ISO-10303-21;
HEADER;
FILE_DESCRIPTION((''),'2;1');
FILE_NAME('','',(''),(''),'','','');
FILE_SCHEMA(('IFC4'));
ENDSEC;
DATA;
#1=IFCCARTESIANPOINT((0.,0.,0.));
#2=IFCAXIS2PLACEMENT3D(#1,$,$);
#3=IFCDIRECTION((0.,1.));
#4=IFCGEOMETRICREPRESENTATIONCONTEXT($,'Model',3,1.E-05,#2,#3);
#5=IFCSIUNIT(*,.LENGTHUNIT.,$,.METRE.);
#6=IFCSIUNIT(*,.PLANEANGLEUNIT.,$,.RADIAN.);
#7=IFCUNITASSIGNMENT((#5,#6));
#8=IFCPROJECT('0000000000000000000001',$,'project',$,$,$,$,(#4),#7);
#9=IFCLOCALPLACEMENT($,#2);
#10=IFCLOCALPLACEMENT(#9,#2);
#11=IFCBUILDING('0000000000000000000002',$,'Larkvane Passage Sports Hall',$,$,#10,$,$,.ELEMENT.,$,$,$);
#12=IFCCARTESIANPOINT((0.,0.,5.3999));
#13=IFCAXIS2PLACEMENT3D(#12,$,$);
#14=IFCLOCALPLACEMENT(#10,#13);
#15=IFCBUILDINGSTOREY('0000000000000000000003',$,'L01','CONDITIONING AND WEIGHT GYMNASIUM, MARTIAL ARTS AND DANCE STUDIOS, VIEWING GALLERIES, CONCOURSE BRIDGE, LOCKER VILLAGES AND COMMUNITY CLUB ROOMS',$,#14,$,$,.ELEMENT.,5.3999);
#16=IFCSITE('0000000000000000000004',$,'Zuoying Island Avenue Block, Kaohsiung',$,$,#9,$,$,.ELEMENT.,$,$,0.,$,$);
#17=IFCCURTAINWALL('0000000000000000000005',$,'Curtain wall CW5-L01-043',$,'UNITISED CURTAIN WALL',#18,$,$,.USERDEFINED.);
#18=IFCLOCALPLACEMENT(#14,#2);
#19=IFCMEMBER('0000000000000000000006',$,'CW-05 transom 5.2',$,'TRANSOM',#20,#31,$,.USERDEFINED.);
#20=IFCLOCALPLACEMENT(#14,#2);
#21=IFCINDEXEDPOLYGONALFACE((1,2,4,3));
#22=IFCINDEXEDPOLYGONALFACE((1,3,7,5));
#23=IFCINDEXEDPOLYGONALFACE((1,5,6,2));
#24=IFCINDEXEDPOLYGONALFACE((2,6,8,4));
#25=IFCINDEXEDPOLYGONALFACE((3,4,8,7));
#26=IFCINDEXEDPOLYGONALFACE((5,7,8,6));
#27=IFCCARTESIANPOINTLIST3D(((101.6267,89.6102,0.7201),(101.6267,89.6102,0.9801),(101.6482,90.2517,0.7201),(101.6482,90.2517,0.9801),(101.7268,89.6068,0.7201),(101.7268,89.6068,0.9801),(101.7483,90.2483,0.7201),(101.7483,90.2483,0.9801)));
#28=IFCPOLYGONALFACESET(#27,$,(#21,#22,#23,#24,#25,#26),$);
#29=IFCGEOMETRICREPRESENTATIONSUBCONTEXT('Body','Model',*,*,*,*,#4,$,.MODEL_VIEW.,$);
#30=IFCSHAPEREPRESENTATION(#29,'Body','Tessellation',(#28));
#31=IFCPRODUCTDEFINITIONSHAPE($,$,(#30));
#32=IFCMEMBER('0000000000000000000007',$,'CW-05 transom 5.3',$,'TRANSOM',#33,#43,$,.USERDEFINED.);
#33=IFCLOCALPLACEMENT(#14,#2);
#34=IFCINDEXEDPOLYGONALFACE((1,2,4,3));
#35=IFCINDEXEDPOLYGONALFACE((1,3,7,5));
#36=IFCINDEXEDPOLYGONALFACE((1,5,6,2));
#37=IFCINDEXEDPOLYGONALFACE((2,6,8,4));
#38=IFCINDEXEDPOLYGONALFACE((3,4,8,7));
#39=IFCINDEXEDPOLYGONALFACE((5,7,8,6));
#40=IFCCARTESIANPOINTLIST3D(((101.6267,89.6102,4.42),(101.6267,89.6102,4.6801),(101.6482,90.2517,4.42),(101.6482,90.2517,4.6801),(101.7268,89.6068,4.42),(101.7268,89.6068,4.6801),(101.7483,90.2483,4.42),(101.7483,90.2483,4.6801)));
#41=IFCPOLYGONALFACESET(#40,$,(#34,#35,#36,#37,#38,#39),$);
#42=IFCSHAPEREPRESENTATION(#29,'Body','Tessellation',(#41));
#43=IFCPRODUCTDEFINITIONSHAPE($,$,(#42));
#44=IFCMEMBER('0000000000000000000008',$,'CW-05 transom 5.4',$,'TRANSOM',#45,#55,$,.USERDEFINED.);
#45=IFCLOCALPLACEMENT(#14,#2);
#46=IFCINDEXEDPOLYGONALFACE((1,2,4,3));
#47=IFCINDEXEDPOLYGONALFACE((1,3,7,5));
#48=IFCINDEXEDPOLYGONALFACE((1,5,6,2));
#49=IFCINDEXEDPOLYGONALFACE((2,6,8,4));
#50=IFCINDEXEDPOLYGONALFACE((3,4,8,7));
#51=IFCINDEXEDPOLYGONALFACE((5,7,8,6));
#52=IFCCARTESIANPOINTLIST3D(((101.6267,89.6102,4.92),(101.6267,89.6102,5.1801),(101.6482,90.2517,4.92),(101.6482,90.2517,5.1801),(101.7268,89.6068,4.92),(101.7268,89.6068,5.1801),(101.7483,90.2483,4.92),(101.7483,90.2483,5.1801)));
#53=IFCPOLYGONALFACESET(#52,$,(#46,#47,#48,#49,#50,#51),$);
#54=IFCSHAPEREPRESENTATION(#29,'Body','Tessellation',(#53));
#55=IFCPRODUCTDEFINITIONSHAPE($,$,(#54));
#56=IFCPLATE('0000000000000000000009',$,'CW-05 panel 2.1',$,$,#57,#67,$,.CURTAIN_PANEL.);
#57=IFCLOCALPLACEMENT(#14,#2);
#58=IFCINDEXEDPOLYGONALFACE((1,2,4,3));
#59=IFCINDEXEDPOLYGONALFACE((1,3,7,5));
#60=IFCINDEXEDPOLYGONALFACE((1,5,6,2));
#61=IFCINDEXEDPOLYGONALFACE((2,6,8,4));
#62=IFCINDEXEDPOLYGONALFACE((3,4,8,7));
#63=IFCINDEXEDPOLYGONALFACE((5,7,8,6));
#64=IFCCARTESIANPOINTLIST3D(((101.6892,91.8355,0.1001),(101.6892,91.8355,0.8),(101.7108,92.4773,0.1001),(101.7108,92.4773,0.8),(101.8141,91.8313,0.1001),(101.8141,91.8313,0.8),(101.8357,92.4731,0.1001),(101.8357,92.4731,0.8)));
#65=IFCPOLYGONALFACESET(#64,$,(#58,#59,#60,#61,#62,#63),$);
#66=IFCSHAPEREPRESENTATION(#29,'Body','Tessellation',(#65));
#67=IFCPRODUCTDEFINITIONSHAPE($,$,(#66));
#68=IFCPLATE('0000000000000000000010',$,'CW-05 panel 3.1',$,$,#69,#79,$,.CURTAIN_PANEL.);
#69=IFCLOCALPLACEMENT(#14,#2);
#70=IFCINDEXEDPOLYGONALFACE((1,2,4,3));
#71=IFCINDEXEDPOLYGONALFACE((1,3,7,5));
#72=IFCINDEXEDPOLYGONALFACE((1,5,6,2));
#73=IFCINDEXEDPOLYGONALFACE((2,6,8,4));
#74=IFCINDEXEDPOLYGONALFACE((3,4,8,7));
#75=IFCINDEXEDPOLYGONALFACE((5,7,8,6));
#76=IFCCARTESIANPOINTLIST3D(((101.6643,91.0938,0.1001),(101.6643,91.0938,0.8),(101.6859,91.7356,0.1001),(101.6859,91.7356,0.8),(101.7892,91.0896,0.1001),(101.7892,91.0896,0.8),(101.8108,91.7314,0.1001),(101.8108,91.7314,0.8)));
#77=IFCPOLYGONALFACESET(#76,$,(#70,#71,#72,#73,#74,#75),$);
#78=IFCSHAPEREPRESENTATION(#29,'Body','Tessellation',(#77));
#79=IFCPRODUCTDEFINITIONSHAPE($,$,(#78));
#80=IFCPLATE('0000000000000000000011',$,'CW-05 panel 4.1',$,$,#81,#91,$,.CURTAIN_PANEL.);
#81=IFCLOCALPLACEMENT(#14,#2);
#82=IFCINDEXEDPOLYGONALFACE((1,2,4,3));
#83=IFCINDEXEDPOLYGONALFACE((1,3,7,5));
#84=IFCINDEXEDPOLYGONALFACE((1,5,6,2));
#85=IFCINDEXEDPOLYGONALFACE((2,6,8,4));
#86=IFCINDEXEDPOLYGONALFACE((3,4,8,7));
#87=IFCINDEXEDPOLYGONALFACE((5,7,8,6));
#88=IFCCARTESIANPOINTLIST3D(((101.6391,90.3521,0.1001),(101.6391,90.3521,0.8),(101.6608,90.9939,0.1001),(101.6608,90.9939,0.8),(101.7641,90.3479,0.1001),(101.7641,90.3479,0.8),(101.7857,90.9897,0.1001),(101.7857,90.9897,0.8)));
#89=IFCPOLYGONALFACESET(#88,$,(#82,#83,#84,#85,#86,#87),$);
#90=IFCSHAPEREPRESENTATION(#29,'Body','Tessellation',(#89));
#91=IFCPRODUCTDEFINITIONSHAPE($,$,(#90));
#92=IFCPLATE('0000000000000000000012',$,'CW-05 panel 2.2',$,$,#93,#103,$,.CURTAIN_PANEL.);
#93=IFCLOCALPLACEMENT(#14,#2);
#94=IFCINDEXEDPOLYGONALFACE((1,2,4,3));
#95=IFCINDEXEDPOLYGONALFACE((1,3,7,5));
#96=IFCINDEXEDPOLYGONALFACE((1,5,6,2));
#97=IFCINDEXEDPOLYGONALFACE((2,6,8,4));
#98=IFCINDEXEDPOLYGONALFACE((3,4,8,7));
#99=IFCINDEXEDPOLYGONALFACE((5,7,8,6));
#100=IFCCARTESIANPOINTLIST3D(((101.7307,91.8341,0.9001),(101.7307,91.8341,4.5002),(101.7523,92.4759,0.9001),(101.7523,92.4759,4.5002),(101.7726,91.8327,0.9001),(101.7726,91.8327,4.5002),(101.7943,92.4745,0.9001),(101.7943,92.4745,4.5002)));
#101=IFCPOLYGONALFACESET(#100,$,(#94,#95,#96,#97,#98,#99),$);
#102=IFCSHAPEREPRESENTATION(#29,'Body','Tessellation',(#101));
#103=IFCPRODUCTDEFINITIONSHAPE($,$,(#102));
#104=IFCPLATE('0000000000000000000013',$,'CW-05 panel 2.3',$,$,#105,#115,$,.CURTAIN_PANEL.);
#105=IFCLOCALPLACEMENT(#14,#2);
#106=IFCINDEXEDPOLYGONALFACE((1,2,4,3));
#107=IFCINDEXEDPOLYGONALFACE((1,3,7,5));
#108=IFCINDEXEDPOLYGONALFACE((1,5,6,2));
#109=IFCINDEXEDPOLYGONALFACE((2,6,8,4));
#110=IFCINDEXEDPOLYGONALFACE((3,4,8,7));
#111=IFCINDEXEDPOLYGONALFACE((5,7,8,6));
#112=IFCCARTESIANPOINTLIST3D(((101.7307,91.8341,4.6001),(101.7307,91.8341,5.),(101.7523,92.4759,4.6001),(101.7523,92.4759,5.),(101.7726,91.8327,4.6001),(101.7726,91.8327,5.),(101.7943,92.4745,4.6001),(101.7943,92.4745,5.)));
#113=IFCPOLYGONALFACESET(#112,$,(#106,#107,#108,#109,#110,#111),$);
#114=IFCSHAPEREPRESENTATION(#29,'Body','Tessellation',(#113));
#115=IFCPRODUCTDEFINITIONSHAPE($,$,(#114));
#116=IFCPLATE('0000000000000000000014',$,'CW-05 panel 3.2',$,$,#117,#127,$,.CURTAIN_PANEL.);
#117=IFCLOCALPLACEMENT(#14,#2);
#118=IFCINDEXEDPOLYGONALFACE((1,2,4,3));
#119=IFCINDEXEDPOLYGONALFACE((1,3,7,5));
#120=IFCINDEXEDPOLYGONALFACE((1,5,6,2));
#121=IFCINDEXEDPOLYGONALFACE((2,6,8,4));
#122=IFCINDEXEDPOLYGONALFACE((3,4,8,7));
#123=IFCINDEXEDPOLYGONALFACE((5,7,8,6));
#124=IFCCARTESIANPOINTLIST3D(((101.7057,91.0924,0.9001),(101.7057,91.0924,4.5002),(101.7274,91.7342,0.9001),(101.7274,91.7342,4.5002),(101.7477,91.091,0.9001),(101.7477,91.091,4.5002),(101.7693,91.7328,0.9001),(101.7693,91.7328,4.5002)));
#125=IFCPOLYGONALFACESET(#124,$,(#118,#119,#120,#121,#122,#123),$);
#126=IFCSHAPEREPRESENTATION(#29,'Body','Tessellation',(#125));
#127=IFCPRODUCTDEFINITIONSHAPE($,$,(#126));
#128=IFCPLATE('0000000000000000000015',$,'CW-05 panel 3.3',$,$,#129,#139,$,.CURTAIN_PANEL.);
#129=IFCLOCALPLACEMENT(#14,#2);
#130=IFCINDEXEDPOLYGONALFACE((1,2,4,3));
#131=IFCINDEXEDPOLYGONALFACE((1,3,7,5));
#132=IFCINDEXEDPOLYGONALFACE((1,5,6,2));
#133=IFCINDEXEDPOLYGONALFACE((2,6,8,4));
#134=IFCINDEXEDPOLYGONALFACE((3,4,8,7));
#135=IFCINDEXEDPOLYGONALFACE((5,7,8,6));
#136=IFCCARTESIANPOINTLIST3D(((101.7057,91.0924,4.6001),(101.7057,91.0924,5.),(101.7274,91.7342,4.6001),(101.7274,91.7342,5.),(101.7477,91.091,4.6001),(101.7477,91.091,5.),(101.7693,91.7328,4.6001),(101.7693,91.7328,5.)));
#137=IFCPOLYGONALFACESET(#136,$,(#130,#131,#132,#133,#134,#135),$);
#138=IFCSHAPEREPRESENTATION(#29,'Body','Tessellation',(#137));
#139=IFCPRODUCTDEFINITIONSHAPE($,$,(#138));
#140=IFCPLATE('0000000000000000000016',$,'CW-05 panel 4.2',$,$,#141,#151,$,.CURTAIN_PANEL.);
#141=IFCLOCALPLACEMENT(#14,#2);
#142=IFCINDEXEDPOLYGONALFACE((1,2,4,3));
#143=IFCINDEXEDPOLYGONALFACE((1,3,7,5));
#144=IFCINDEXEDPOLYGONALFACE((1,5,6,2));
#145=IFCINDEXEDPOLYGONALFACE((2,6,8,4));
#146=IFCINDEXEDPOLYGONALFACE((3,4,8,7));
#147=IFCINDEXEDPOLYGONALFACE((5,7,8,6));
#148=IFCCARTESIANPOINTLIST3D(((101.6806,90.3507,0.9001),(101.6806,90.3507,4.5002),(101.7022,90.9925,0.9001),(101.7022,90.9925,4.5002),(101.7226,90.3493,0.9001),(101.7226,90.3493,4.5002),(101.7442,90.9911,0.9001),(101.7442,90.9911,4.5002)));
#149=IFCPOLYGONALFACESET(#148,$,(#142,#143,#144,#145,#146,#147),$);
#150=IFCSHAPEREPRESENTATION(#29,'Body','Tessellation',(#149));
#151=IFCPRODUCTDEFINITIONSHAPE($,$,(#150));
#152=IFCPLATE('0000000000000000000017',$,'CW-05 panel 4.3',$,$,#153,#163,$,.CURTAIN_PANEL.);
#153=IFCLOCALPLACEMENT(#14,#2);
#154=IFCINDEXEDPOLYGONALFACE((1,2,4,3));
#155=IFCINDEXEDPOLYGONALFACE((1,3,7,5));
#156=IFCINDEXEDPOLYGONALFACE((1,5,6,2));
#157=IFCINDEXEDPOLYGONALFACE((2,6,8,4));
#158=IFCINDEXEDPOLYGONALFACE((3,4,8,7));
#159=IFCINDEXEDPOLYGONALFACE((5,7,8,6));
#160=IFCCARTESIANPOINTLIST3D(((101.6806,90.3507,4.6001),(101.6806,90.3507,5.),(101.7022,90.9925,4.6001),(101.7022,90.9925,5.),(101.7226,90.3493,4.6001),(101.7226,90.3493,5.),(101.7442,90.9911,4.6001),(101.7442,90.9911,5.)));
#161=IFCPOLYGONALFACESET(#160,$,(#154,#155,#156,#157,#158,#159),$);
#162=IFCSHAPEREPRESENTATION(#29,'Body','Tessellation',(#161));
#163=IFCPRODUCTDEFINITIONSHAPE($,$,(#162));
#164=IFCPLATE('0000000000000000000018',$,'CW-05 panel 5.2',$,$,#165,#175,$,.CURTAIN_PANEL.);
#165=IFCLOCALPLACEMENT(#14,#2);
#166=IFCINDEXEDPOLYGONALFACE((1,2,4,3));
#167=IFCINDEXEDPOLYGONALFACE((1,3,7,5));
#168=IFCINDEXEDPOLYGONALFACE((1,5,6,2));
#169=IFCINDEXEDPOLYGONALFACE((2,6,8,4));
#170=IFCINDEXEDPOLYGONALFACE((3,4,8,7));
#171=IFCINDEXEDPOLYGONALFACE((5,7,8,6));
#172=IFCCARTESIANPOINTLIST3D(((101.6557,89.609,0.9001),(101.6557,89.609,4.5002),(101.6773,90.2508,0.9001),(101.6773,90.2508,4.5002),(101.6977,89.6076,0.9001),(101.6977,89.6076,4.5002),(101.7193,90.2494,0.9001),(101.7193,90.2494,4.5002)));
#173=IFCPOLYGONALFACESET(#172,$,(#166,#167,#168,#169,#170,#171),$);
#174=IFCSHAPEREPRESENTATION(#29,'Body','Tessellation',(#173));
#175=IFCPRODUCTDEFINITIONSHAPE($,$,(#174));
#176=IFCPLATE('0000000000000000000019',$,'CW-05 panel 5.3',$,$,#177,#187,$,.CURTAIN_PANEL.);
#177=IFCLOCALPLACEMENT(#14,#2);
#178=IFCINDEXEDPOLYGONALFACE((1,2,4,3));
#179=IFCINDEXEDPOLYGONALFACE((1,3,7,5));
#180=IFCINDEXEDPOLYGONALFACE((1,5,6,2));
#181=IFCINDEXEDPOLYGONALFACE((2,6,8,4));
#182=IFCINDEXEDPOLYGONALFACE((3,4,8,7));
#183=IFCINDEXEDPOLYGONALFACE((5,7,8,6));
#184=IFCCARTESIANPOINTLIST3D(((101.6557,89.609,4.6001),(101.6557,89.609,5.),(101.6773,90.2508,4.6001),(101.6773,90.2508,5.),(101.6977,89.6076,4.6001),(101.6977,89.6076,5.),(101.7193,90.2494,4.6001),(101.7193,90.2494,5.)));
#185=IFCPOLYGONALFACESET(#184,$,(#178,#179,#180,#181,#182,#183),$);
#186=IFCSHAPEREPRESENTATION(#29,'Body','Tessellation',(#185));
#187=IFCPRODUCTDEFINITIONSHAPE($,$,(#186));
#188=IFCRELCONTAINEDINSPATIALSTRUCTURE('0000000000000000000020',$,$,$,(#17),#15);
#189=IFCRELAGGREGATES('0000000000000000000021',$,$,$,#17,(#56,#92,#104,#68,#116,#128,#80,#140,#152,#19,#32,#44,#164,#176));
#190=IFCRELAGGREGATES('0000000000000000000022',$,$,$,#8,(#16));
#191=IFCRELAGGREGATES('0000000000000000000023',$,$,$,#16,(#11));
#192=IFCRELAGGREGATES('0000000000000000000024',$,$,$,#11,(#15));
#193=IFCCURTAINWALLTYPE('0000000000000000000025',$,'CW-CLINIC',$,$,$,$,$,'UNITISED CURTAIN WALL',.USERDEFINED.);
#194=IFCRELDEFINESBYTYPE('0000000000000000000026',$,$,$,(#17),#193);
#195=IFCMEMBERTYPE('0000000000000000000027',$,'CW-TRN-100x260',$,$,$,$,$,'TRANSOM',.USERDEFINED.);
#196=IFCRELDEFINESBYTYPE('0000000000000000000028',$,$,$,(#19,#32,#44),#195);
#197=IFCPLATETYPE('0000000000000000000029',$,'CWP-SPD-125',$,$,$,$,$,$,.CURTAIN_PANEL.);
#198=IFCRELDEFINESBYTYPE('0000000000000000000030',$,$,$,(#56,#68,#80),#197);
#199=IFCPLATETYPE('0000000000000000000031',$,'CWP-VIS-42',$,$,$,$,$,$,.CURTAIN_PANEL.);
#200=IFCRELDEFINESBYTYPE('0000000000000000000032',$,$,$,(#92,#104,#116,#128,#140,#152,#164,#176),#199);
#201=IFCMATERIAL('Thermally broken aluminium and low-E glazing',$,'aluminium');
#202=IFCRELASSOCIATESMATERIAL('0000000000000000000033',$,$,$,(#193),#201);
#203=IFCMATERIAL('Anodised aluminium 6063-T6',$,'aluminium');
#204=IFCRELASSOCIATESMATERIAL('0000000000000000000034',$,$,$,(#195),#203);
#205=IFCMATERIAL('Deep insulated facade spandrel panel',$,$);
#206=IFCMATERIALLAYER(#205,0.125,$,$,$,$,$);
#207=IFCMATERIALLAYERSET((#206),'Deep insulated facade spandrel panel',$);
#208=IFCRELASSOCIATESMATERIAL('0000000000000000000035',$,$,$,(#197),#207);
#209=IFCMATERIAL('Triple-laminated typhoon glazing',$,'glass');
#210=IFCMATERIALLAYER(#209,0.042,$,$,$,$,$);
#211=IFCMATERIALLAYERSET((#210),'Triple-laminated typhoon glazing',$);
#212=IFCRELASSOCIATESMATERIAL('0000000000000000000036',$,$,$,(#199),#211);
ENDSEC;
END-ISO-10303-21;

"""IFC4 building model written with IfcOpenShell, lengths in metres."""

from ifc_helpers import new_model, si_unit, direction, frame, origin, origin_2d, place, context, subcontext, project, spatial, rectangle, extrude, material, layer, layer_set, material_profile, profile_set, type_object, element, aggregate, save


model = new_model("IFC4")

# Units and contexts
model_context = context("Model", 3, precision=1e-05, world=origin(), true_north=direction((0.0, 1.0)))
body_context = subcontext(model_context, "Body", "Model", "MODEL_VIEW")
ifc_project = project(units=[si_unit("LENGTHUNIT", "METRE"), si_unit("PLANEANGLEUNIT", "RADIAN")], contexts=[model_context])

# Site, building, storey
site_placement = place(None, origin())
site = spatial("IfcSite", under=ifc_project, at=site_placement, Name="Zuoying Island Avenue Block, Kaohsiung", CompositionType="ELEMENT", RefElevation=0.0)
building_placement = place(site_placement, origin())
building = spatial("IfcBuilding", under=site, at=building_placement, Name="Larkvane Passage Sports Hall", CompositionType="ELEMENT")
storey_placement = place(building_placement, frame((0.0, 0.0, 5.3999)))
storey = spatial("IfcBuildingStorey", under=building, at=storey_placement, Name="L01", Description="CONDITIONING AND WEIGHT GYMNASIUM, MARTIAL ARTS AND DANCE STUDIOS, VIEWING GALLERIES, CONCOURSE BRIDGE, LOCKER VILLAGES AND COMMUNITY CLUB ROOMS", CompositionType="ELEMENT", Elevation=5.3999)

# Curtain wall, members, plates
ifc_material_1 = material(Name="Thermally broken aluminium and low-E glazing", Category="aluminium")
curtain_wall_type = type_object("IfcCurtainWallType", Name="CW-CLINIC", ElementType="UNITISED CURTAIN WALL", PredefinedType="USERDEFINED", material=ifc_material_1)
curtain_wall_placement = place(storey_placement, origin())
curtain_wall = element("IfcCurtainWall", 1, at=curtain_wall_placement, inside=storey, type_object=curtain_wall_type, Name="Curtain wall CW5-L01-043", ObjectType="UNITISED CURTAIN WALL", PredefinedType="USERDEFINED")
ifc_material_2 = material(Name="Anodised aluminium 6063-T6", Category="aluminium")
ifc_material_profile_1 = material_profile(ifc_material_2, rectangle(XDim=0.1001, YDim=0.26, at=origin_2d()), Name="ALU-TRN-100x260")
ifc_profile_set_1 = profile_set([ifc_material_profile_1], Name="Anodised aluminium 6063-T6")
member_type_1 = type_object("IfcMemberType", Name="CW-TRN-100x260", ElementType="TRANSOM", PredefinedType="USERDEFINED", material=ifc_profile_set_1)
member_1_placement = place(storey_placement, frame((101.6982, 90.25, 0.8501), z_axis=(-0.033467, -0.99944, 0.0), x_axis=(0.99944, -0.033467, 0.0)))
member_1 = element("IfcMember", 2, at=member_1_placement, type_object=member_type_1, Name="CW-05 transom 5.2", ObjectType="TRANSOM", PredefinedType="USERDEFINED", context=body_context, shape_type="SweptSolid", body=[
    extrude(rectangle(XDim=0.1001, YDim=0.26, at=origin_2d()), origin(), (0.0, 0.0, 1.0), 0.6418),
])
member_2_placement = place(storey_placement, frame((101.6982, 90.25, 4.55), z_axis=(-0.033467, -0.99944, 0.0), x_axis=(0.99944, -0.033467, 0.0)))
member_2 = element("IfcMember", 3, at=member_2_placement, type_object=member_type_1, Name="CW-05 transom 5.3", ObjectType="TRANSOM", PredefinedType="USERDEFINED", context=body_context, shape_type="SweptSolid", body=[
    extrude(rectangle(XDim=0.1001, YDim=0.26, at=origin_2d()), origin(), (0.0, 0.0, 1.0), 0.6418),
])
member_3_placement = place(storey_placement, frame((101.6982, 90.25, 5.05), z_axis=(-0.033467, -0.99944, 0.0), x_axis=(0.99944, -0.033467, 0.0)))
member_3 = element("IfcMember", 4, at=member_3_placement, type_object=member_type_1, Name="CW-05 transom 5.4", ObjectType="TRANSOM", PredefinedType="USERDEFINED", context=body_context, shape_type="SweptSolid", body=[
    extrude(rectangle(XDim=0.1001, YDim=0.26, at=origin_2d()), origin(), (0.0, 0.0, 1.0), 0.6418),
])
ifc_material_3 = material(Name="Deep insulated facade spandrel panel")
ifc_layer_1 = layer(ifc_material_3, 0.125)
ifc_layer_set_1 = layer_set([ifc_layer_1], Name="Deep insulated facade spandrel panel")
plate_type_1 = type_object("IfcPlateType", Name="CWP-SPD-125", PredefinedType="CURTAIN_PANEL", material=ifc_layer_set_1)
plate_1_placement = place(storey_placement, frame((101.7625, 92.1543, 0.1001), z_axis=(0.0, 0.0, 1.0), x_axis=(-0.033688, -0.999432, 0.0)))
plate_1 = element("IfcPlate", 5, at=plate_1_placement, type_object=plate_type_1, Name="CW-05 panel 2.1", PredefinedType="CURTAIN_PANEL", context=body_context, shape_type="SweptSolid", body=[
    extrude(rectangle(XDim=0.6421, YDim=0.125, at=origin_2d()), origin(), (0.0, 0.0, 1.0), 0.7),
])
plate_2_placement = place(storey_placement, frame((101.7375, 91.4126, 0.1001), z_axis=(0.0, 0.0, 1.0), x_axis=(-0.033688, -0.999432, 0.0)))
plate_2 = element("IfcPlate", 6, at=plate_2_placement, type_object=plate_type_1, Name="CW-05 panel 3.1", PredefinedType="CURTAIN_PANEL", context=body_context, shape_type="SweptSolid", body=[
    extrude(rectangle(XDim=0.6421, YDim=0.125, at=origin_2d()), origin(), (0.0, 0.0, 1.0), 0.7),
])
plate_3_placement = place(storey_placement, frame((101.7124, 90.6709, 0.1001), z_axis=(0.0, 0.0, 1.0), x_axis=(-0.033688, -0.999432, 0.0)))
plate_3 = element("IfcPlate", 7, at=plate_3_placement, type_object=plate_type_1, Name="CW-05 panel 4.1", PredefinedType="CURTAIN_PANEL", context=body_context, shape_type="SweptSolid", body=[
    extrude(rectangle(XDim=0.6421, YDim=0.125, at=origin_2d()), origin(), (0.0, 0.0, 1.0), 0.7),
])
ifc_material_4 = material(Name="Triple-laminated typhoon glazing", Category="glass")
ifc_layer_2 = layer(ifc_material_4, 0.042)
ifc_layer_set_2 = layer_set([ifc_layer_2], Name="Triple-laminated typhoon glazing")
plate_type_2 = type_object("IfcPlateType", Name="CWP-VIS-42", PredefinedType="CURTAIN_PANEL", material=ifc_layer_set_2)
plate_4_placement = place(storey_placement, frame((101.7625, 92.1543, 0.9001), z_axis=(0.0, 0.0, 1.0), x_axis=(-0.033688, -0.999432, 0.0)))
plate_4 = element("IfcPlate", 8, at=plate_4_placement, type_object=plate_type_2, Name="CW-05 panel 2.2", PredefinedType="CURTAIN_PANEL", context=body_context, shape_type="SweptSolid", body=[
    extrude(rectangle(XDim=0.6421, YDim=0.042, at=origin_2d()), origin(), (0.0, 0.0, 1.0), 3.6001),
])
plate_5_placement = place(storey_placement, frame((101.7625, 92.1543, 4.6001), z_axis=(0.0, 0.0, 1.0), x_axis=(-0.033688, -0.999432, 0.0)))
plate_5 = element("IfcPlate", 9, at=plate_5_placement, type_object=plate_type_2, Name="CW-05 panel 2.3", PredefinedType="CURTAIN_PANEL", context=body_context, shape_type="SweptSolid", body=[
    extrude(rectangle(XDim=0.6421, YDim=0.042, at=origin_2d()), origin(), (0.0, 0.0, 1.0), 0.3999),
])
plate_6_placement = place(storey_placement, frame((101.7375, 91.4126, 0.9001), z_axis=(0.0, 0.0, 1.0), x_axis=(-0.033688, -0.999432, 0.0)))
plate_6 = element("IfcPlate", 10, at=plate_6_placement, type_object=plate_type_2, Name="CW-05 panel 3.2", PredefinedType="CURTAIN_PANEL", context=body_context, shape_type="SweptSolid", body=[
    extrude(rectangle(XDim=0.6421, YDim=0.042, at=origin_2d()), origin(), (0.0, 0.0, 1.0), 3.6001),
])
plate_7_placement = place(storey_placement, frame((101.7375, 91.4126, 4.6001), z_axis=(0.0, 0.0, 1.0), x_axis=(-0.033688, -0.999432, 0.0)))
plate_7 = element("IfcPlate", 11, at=plate_7_placement, type_object=plate_type_2, Name="CW-05 panel 3.3", PredefinedType="CURTAIN_PANEL", context=body_context, shape_type="SweptSolid", body=[
    extrude(rectangle(XDim=0.6421, YDim=0.042, at=origin_2d()), origin(), (0.0, 0.0, 1.0), 0.3999),
])
plate_8_placement = place(storey_placement, frame((101.7124, 90.6709, 0.9001), z_axis=(0.0, 0.0, 1.0), x_axis=(-0.033688, -0.999432, 0.0)))
plate_8 = element("IfcPlate", 12, at=plate_8_placement, type_object=plate_type_2, Name="CW-05 panel 4.2", PredefinedType="CURTAIN_PANEL", context=body_context, shape_type="SweptSolid", body=[
    extrude(rectangle(XDim=0.6421, YDim=0.042, at=origin_2d()), origin(), (0.0, 0.0, 1.0), 3.6001),
])
plate_9_placement = place(storey_placement, frame((101.7124, 90.6709, 4.6001), z_axis=(0.0, 0.0, 1.0), x_axis=(-0.033688, -0.999432, 0.0)))
plate_9 = element("IfcPlate", 13, at=plate_9_placement, type_object=plate_type_2, Name="CW-05 panel 4.3", PredefinedType="CURTAIN_PANEL", context=body_context, shape_type="SweptSolid", body=[
    extrude(rectangle(XDim=0.6421, YDim=0.042, at=origin_2d()), origin(), (0.0, 0.0, 1.0), 0.3999),
])
plate_10_placement = place(storey_placement, frame((101.6875, 89.9292, 0.9001), z_axis=(0.0, 0.0, 1.0), x_axis=(-0.033688, -0.999432, 0.0)))
plate_10 = element("IfcPlate", 14, at=plate_10_placement, type_object=plate_type_2, Name="CW-05 panel 5.2", PredefinedType="CURTAIN_PANEL", context=body_context, shape_type="SweptSolid", body=[
    extrude(rectangle(XDim=0.6421, YDim=0.042, at=origin_2d()), origin(), (0.0, 0.0, 1.0), 3.6001),
])
plate_11_placement = place(storey_placement, frame((101.6875, 89.9292, 4.6001), z_axis=(0.0, 0.0, 1.0), x_axis=(-0.033688, -0.999432, 0.0)))
plate_11 = element("IfcPlate", 15, at=plate_11_placement, type_object=plate_type_2, Name="CW-05 panel 5.3", PredefinedType="CURTAIN_PANEL", context=body_context, shape_type="SweptSolid", body=[
    extrude(rectangle(XDim=0.6421, YDim=0.042, at=origin_2d()), origin(), (0.0, 0.0, 1.0), 0.3999),
])
aggregate(curtain_wall, [plate_1, plate_4, plate_5, plate_2, plate_6, plate_7, plate_3, plate_8, plate_9, member_1, member_2, member_3, plate_10, plate_11])

save(model, "model.ifc")
